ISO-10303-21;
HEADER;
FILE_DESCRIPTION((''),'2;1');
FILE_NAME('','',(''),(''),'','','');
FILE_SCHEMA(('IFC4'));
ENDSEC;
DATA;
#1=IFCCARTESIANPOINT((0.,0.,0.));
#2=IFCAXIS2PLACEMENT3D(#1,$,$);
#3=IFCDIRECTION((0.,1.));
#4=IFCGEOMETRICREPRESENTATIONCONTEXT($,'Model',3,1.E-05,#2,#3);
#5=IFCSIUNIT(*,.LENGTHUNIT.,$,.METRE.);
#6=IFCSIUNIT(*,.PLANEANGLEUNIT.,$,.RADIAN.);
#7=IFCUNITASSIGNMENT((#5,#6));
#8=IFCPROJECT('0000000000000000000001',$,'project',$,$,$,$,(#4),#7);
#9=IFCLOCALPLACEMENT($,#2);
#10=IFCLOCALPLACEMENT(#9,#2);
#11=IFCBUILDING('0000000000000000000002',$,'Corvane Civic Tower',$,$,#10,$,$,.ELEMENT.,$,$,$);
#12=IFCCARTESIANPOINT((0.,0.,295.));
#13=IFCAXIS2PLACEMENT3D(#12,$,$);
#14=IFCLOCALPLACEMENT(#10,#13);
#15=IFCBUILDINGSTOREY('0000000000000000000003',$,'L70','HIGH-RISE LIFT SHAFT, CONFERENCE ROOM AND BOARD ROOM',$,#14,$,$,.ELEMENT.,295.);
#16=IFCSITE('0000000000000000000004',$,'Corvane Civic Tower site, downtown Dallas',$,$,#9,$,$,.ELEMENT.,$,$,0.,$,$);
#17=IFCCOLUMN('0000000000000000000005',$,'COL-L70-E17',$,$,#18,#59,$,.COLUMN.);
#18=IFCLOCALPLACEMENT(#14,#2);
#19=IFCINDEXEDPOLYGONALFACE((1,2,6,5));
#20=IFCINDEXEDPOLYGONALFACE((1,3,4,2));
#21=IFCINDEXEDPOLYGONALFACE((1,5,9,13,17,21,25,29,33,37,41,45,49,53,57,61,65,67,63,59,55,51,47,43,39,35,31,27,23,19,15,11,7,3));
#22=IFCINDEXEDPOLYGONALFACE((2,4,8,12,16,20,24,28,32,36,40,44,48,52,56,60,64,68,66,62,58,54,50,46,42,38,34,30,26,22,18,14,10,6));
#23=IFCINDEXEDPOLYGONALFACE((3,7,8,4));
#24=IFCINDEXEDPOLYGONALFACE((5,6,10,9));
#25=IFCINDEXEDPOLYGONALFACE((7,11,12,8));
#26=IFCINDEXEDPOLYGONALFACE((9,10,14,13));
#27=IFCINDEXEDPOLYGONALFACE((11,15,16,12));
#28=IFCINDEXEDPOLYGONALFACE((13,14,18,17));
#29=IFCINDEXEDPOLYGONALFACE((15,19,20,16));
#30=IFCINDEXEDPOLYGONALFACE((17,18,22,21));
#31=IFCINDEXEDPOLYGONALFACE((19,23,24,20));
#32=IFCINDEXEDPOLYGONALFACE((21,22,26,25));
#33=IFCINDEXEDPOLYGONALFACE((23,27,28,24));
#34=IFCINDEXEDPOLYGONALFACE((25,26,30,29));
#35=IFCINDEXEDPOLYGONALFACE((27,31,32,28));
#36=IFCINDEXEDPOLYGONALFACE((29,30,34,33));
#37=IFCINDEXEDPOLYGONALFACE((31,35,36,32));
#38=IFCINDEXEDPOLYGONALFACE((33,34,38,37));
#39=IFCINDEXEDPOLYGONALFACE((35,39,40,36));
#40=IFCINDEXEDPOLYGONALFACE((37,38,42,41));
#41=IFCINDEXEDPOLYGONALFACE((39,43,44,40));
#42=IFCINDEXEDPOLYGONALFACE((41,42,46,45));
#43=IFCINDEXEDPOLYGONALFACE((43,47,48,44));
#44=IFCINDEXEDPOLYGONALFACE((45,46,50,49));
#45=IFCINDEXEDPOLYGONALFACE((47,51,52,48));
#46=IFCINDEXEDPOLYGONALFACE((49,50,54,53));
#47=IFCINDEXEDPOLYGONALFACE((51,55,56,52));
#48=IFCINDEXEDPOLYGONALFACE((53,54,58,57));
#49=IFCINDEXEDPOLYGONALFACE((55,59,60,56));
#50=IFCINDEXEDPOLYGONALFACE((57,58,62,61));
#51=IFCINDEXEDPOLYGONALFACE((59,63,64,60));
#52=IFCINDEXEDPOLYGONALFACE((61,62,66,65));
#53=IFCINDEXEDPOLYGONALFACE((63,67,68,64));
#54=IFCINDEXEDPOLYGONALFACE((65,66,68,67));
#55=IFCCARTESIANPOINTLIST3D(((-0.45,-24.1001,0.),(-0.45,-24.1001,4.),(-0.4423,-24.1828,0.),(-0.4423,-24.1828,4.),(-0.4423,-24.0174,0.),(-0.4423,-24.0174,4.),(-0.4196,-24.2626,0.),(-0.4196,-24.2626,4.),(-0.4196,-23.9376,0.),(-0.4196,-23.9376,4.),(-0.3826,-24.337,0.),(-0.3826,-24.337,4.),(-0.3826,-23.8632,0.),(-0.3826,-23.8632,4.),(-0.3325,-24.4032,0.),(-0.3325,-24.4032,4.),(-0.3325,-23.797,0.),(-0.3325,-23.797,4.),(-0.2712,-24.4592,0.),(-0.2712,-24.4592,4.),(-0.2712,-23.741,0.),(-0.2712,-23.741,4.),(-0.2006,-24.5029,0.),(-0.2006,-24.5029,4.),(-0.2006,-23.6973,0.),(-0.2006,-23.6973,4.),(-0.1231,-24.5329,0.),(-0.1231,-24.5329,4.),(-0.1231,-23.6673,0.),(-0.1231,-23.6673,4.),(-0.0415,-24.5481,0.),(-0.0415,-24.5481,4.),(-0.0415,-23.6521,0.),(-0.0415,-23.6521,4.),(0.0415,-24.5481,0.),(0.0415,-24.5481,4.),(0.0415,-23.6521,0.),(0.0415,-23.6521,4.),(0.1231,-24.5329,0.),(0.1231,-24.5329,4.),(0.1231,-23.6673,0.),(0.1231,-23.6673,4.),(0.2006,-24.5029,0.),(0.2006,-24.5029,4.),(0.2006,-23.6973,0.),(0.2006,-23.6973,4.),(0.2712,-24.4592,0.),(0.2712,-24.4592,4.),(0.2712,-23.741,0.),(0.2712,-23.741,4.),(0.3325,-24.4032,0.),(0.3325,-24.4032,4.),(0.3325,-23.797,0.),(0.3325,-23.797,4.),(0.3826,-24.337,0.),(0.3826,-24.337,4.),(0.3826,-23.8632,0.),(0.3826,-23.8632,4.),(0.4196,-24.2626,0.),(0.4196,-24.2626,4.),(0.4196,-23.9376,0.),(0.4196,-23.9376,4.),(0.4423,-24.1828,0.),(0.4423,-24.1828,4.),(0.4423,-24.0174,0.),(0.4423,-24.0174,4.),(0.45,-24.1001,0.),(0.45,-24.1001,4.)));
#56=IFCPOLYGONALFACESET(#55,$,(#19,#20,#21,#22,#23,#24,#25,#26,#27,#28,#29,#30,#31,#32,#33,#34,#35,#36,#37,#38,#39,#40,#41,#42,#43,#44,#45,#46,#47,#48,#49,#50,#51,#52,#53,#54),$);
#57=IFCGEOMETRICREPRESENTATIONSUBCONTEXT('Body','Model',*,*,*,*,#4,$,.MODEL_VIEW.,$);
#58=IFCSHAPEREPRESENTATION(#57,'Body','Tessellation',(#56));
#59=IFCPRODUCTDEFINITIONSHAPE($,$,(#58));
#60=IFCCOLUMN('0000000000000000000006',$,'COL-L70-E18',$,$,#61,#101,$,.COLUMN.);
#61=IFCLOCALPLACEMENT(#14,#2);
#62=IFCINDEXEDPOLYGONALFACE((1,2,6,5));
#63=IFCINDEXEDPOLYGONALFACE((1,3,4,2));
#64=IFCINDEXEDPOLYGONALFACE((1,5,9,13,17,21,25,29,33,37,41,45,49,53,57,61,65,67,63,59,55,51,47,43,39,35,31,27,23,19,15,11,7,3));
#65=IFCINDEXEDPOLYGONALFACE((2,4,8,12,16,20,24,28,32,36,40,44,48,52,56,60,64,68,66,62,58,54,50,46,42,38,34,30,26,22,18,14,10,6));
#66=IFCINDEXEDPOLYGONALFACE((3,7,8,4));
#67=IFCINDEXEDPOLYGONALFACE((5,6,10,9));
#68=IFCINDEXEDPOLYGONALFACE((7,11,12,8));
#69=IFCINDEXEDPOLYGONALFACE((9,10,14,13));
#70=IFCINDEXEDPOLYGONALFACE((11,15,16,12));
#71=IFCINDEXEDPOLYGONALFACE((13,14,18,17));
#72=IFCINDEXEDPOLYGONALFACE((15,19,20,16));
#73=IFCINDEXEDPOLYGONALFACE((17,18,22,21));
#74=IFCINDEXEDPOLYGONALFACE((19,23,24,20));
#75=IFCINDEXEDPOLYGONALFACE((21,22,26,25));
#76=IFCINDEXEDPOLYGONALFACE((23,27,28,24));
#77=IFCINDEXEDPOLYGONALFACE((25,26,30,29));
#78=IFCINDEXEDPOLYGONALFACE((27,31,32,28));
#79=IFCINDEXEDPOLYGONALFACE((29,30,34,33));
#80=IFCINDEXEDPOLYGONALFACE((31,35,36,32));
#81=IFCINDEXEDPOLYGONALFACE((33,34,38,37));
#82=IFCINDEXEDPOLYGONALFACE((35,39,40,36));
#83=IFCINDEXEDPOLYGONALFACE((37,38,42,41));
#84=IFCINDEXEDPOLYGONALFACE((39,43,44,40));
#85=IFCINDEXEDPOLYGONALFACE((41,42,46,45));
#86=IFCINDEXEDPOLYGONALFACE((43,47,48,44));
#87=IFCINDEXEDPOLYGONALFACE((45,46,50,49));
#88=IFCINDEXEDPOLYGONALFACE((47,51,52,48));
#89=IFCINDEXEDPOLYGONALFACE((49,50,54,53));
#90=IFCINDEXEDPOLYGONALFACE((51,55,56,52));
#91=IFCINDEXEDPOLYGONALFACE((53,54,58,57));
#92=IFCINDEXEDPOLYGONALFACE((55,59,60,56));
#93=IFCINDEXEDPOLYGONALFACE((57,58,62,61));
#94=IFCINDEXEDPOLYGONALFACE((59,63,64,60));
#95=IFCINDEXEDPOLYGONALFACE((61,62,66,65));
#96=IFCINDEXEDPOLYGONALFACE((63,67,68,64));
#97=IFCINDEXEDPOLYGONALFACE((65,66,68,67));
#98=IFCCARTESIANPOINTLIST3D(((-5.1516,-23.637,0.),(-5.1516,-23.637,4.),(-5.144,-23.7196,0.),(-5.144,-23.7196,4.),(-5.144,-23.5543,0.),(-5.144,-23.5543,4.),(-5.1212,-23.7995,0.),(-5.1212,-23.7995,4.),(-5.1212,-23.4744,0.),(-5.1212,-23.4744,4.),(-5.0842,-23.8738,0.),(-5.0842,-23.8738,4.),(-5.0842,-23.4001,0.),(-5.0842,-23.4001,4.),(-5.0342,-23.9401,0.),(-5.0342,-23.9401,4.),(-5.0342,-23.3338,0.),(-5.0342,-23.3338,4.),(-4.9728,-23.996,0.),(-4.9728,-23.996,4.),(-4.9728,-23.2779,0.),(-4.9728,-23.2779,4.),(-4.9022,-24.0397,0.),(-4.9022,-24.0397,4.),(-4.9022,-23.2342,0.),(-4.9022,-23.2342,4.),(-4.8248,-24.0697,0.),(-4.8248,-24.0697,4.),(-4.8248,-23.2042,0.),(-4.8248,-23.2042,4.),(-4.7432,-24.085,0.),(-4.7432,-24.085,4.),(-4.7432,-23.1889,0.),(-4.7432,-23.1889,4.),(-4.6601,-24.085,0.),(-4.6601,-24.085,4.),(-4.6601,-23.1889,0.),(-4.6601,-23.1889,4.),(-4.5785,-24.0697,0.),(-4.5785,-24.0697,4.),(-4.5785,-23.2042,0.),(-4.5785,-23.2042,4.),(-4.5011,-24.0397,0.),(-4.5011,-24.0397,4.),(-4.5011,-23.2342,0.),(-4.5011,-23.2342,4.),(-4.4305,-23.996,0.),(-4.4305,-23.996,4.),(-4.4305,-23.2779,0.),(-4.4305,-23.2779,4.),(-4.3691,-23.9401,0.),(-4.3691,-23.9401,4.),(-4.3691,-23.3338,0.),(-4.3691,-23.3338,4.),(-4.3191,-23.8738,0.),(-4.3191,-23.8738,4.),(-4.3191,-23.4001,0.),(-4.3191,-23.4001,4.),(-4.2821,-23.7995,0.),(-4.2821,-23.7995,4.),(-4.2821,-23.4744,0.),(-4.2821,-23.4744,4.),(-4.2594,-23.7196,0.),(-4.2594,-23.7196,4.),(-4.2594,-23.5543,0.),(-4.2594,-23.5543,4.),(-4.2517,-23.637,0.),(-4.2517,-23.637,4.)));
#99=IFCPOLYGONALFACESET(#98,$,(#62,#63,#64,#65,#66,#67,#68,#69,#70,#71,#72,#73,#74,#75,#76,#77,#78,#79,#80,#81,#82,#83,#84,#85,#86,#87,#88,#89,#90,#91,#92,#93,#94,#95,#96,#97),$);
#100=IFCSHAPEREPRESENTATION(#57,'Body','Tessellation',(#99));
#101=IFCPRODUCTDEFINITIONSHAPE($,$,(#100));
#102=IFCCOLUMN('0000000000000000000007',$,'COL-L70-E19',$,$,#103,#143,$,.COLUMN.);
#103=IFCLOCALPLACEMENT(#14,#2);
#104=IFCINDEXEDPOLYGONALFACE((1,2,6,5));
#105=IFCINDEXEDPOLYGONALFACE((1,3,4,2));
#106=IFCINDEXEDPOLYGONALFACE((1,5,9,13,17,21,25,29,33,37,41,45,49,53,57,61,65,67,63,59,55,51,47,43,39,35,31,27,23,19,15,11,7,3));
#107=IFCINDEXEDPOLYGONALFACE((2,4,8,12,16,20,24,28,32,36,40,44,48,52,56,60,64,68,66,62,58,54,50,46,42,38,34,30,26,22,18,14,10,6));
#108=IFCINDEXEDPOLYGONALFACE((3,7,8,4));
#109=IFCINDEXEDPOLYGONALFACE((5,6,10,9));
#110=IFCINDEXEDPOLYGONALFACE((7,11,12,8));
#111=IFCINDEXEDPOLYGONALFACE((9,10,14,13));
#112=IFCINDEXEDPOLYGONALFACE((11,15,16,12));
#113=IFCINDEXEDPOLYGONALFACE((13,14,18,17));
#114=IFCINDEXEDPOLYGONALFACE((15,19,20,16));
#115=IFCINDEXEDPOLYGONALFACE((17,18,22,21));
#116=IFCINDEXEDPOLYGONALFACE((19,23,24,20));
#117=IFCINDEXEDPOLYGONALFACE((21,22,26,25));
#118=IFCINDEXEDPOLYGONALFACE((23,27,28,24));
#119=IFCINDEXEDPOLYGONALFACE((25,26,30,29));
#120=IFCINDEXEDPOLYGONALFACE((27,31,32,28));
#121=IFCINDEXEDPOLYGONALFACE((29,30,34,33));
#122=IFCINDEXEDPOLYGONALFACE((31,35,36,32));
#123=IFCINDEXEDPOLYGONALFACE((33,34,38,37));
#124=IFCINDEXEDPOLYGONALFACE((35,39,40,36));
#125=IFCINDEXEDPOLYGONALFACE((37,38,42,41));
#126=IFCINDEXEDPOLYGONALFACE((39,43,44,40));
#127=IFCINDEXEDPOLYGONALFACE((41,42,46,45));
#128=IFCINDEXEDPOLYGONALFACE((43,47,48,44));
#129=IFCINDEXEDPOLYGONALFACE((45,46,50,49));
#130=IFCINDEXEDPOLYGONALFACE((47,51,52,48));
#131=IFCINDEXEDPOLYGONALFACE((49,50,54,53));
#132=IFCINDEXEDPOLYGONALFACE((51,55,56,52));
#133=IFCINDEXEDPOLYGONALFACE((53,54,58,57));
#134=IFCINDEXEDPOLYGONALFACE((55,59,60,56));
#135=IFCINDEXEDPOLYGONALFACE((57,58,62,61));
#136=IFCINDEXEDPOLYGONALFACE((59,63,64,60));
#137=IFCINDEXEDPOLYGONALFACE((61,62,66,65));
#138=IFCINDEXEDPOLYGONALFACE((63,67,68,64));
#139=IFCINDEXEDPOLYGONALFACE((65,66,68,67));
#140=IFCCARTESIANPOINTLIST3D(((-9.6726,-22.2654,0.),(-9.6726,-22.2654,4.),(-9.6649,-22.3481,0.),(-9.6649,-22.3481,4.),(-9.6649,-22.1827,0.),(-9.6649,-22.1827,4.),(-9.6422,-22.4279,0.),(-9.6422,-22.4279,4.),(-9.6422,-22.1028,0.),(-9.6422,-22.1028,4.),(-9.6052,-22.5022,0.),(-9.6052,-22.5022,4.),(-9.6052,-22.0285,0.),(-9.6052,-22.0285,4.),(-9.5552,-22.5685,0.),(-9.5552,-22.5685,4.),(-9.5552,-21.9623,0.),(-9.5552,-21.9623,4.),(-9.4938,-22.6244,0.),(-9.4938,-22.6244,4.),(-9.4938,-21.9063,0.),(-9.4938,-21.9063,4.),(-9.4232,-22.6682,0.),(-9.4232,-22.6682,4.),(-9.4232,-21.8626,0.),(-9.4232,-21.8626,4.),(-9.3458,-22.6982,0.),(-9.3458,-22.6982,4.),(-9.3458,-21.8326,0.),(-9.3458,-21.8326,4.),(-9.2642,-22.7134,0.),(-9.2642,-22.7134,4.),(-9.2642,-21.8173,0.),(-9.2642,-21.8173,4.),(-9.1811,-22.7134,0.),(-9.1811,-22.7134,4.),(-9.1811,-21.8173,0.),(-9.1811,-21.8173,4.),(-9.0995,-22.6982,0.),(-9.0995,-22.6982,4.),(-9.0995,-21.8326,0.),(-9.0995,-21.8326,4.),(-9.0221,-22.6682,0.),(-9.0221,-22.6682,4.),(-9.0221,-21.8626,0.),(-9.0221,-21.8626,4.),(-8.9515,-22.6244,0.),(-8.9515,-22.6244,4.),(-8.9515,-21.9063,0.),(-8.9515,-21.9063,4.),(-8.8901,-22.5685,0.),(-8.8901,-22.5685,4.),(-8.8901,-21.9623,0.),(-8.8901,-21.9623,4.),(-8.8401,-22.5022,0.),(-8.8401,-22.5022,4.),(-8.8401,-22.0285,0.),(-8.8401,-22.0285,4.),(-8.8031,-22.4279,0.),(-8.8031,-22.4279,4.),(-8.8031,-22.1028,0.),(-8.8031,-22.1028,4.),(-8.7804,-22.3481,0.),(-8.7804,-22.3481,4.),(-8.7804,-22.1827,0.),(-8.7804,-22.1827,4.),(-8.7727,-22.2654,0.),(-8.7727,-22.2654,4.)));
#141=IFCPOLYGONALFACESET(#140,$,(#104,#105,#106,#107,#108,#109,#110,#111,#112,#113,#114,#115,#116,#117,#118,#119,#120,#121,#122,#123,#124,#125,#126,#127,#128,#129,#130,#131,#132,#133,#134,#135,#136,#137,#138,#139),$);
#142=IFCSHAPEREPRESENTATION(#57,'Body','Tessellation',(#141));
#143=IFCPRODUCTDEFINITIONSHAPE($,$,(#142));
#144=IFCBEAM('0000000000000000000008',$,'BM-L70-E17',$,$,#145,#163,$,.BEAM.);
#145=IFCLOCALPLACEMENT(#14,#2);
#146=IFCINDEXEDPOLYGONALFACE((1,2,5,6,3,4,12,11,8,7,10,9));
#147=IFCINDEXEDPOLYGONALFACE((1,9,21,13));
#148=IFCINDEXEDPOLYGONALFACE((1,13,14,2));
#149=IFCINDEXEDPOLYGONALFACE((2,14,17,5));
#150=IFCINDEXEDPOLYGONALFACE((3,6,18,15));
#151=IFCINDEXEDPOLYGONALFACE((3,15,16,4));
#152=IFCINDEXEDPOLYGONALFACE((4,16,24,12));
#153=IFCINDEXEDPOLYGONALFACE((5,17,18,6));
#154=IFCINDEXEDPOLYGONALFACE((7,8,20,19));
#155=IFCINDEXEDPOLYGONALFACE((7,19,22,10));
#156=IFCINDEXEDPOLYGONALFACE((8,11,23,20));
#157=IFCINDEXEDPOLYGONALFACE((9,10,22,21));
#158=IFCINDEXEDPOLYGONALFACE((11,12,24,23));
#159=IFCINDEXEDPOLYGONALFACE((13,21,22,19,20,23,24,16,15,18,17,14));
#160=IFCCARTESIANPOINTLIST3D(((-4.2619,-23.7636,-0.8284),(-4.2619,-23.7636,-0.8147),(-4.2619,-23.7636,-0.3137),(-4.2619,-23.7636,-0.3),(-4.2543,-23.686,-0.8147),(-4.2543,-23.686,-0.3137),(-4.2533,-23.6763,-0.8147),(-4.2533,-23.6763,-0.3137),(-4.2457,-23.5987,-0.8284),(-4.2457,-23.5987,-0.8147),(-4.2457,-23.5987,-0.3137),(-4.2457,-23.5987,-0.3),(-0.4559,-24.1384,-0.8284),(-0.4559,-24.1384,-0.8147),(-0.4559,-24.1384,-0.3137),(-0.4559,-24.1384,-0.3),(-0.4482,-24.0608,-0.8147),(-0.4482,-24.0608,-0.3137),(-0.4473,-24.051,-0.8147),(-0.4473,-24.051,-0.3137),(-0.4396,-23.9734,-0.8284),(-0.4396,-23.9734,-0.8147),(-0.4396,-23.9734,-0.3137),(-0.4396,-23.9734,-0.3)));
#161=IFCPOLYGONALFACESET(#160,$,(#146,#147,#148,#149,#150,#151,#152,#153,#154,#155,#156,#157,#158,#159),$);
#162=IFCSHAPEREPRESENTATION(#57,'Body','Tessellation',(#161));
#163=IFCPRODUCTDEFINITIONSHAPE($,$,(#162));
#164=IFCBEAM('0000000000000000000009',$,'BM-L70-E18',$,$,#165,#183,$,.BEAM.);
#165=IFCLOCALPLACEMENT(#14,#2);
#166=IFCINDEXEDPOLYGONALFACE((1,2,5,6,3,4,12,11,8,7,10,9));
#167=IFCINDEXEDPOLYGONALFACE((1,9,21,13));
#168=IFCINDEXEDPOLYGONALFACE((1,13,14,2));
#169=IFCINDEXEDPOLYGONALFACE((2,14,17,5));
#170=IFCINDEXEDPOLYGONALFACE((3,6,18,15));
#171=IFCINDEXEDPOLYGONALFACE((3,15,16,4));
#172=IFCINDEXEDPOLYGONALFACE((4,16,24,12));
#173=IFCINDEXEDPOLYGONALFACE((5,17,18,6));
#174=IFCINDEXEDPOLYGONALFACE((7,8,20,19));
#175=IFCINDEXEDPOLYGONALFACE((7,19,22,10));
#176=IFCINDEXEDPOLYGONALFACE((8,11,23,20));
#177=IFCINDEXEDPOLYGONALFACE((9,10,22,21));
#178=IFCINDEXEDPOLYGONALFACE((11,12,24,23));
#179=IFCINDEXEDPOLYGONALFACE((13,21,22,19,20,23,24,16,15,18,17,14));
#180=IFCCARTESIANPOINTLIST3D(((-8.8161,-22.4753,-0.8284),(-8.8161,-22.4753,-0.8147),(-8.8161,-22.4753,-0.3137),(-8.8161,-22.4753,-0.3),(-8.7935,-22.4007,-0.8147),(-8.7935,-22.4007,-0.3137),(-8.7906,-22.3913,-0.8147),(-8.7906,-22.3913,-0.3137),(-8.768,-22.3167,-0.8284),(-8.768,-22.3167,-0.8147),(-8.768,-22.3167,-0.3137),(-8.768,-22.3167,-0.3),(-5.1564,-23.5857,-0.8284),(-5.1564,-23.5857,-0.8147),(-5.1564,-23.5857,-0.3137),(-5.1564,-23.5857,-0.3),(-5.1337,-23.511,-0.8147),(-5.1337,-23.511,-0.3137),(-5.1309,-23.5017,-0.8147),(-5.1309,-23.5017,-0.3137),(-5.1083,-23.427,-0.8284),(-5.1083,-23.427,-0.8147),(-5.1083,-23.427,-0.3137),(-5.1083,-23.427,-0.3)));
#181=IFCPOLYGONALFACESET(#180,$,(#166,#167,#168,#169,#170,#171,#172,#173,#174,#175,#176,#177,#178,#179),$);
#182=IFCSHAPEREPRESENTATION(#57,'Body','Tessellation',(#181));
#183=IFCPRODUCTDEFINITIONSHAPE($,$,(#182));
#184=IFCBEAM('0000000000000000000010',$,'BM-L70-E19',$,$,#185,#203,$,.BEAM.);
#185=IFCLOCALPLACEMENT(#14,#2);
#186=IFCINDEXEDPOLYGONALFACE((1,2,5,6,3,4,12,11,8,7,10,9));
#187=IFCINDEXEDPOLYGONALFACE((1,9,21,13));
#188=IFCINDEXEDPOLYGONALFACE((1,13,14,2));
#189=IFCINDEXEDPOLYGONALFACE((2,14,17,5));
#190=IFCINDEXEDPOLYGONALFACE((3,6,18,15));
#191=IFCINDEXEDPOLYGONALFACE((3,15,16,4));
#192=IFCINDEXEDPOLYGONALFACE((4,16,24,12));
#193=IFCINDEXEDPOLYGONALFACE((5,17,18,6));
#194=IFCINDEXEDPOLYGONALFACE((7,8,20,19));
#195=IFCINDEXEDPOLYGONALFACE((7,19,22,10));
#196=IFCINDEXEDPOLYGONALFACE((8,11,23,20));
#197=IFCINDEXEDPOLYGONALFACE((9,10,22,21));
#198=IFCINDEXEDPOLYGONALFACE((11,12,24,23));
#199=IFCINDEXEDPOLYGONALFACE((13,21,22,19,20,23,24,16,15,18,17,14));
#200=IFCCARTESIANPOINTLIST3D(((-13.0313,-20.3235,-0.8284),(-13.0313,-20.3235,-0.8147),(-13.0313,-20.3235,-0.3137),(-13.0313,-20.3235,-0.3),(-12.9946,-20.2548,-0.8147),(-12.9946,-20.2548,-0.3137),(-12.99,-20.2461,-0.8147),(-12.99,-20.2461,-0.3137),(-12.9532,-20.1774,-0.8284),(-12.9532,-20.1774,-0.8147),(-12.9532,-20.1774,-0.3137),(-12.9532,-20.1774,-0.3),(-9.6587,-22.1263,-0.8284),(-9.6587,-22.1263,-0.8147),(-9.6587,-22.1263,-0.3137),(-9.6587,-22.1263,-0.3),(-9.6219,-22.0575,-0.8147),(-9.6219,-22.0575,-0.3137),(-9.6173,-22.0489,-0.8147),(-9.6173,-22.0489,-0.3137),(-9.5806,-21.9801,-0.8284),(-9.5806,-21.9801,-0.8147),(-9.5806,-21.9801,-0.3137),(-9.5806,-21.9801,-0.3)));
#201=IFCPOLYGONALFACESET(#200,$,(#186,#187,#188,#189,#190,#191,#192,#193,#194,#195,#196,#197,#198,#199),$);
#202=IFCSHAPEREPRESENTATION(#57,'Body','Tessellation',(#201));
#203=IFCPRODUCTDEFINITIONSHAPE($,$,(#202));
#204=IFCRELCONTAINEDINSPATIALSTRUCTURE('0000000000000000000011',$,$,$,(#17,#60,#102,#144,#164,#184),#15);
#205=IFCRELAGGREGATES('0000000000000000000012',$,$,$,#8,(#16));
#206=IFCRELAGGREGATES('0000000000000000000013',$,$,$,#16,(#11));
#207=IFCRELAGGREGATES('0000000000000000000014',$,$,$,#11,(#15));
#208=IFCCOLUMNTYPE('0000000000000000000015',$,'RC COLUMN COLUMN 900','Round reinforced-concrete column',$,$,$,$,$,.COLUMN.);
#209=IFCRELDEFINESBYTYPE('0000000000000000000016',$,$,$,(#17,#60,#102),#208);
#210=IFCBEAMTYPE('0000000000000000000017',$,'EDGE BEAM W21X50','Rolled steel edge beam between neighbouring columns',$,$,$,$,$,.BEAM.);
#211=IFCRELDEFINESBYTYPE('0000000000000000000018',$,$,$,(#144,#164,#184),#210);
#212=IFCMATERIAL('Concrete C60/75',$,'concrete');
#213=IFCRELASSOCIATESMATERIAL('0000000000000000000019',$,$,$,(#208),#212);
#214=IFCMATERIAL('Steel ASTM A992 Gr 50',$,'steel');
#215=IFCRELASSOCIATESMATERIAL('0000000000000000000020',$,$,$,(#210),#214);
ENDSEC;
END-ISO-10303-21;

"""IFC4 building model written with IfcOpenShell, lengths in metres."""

from ifc_helpers import new_model, si_unit, direction, frame, origin, origin_2d, place, context, subcontext, project, spatial, circle, i_section, extrude, material, material_profile, profile_set, type_object, element, save


model = new_model("IFC4")

# Units and contexts
model_context = context("Model", 3, precision=1e-05, world=origin(), true_north=direction((0.0, 1.0)))
body_context = subcontext(model_context, "Body", "Model", "MODEL_VIEW")
ifc_project = project(units=[si_unit("LENGTHUNIT", "METRE"), si_unit("PLANEANGLEUNIT", "RADIAN")], contexts=[model_context])

# Site, building, storey
site_placement = place(None, origin())
site = spatial("IfcSite", under=ifc_project, at=site_placement, Name="Corvane Civic Tower site, downtown Dallas", CompositionType="ELEMENT", RefElevation=0.0)
building_placement = place(site_placement, origin())
building = spatial("IfcBuilding", under=site, at=building_placement, Name="Corvane Civic Tower", CompositionType="ELEMENT")
storey_placement = place(building_placement, frame((0.0, 0.0, 295.0)))
storey = spatial("IfcBuildingStorey", under=building, at=storey_placement, Name="L70", Description="HIGH-RISE LIFT SHAFT, CONFERENCE ROOM AND BOARD ROOM", CompositionType="ELEMENT", Elevation=295.0)

# Columns
ifc_material_1 = material(Name="Concrete C60/75", Category="concrete")
ifc_material_profile_1 = material_profile(ifc_material_1, circle(Radius=0.45, at=origin_2d()), Name="COLUMN 900")
ifc_profile_set_1 = profile_set([ifc_material_profile_1], Name="Concrete C60/75")
column_type = type_object("IfcColumnType", Name="RC COLUMN COLUMN 900", Description="Round reinforced-concrete column", PredefinedType="COLUMN", material=ifc_profile_set_1)
for number, where, z_axis, x_axis, name in (
    (1, (0.0, -24.1001, 0.0), (0.0, 0.0, 1.0), (1.0, 0.0, 0.0), "COL-L70-E17"),
    (2, (-4.7017, -23.637, 0.0), (0.0, 0.0, 1.0), (1.0, 0.0, 0.0), "COL-L70-E18"),
    (3, (-9.2227, -22.2654, 0.0), (0.0, 0.0, 1.0), (1.0, 0.0, 0.0), "COL-L70-E19"),
):
    element("IfcColumn", number, at=place(storey_placement, frame(where, z_axis=z_axis, x_axis=x_axis)), inside=storey, type_object=column_type, Name=name, PredefinedType="COLUMN", context=body_context, shape_type="SweptSolid", body=[
        extrude(circle(Radius=0.45, at=origin_2d()), origin(), (0.0, 0.0, 1.0), 4.0),
    ])

# Beams
ifc_material_2 = material(Name="Steel ASTM A992 Gr 50", Category="steel")
ifc_material_profile_2 = material_profile(ifc_material_2, i_section(OverallWidth=0.1658, OverallDepth=0.5283, WebThickness=0.0098, FlangeThickness=0.0137, at=origin_2d()), Name="W21X50")
ifc_profile_set_2 = profile_set([ifc_material_profile_2], Name="Steel ASTM A992 Gr 50")
beam_type_1 = type_object("IfcBeamType", Name="EDGE BEAM W21X50", Description="Rolled steel edge beam between neighbouring columns", PredefinedType="BEAM", material=ifc_profile_set_2)
for number, where, z_axis, x_axis, name in (
    (4, (-0.4478, -24.0559, -0.5642), (-0.995188, 0.097987, 0.0), (-0.097987, -0.995188, 0.0), "BM-L70-E17"),
    (5, (-5.1323, -23.5063, -0.5642), (-0.956926, 0.290333, 0.0), (-0.290333, -0.956926, 0.0), "BM-L70-E18"),
):
    element("IfcBeam", number, at=place(storey_placement, frame(where, z_axis=z_axis, x_axis=x_axis)), inside=storey, type_object=beam_type_1, Name=name, PredefinedType="BEAM", context=body_context, shape_type="SweptSolid", body=[
        extrude(i_section(OverallWidth=0.1658, OverallDepth=0.5283, WebThickness=0.0098, FlangeThickness=0.0137, at=origin_2d()), origin(), (0.0, 0.0, 1.0), 3.8245),
    ])
beam_1_placement = place(storey_placement, frame((-9.6196, -22.0532, -0.5642), z_axis=(-0.881914, 0.47141, 0.0), x_axis=(-0.47141, -0.881914, 0.0)))
element("IfcBeam", 6, at=beam_1_placement, inside=storey, type_object=beam_type_1, Name="BM-L70-E19", PredefinedType="BEAM", context=body_context, shape_type="SweptSolid", body=[
    extrude(i_section(OverallWidth=0.1658, OverallDepth=0.5283, WebThickness=0.0098, FlangeThickness=0.0137, at=origin_2d()), origin(), (0.0, 0.0, 1.0), 3.8242),
])

save(model, "model.ifc")
